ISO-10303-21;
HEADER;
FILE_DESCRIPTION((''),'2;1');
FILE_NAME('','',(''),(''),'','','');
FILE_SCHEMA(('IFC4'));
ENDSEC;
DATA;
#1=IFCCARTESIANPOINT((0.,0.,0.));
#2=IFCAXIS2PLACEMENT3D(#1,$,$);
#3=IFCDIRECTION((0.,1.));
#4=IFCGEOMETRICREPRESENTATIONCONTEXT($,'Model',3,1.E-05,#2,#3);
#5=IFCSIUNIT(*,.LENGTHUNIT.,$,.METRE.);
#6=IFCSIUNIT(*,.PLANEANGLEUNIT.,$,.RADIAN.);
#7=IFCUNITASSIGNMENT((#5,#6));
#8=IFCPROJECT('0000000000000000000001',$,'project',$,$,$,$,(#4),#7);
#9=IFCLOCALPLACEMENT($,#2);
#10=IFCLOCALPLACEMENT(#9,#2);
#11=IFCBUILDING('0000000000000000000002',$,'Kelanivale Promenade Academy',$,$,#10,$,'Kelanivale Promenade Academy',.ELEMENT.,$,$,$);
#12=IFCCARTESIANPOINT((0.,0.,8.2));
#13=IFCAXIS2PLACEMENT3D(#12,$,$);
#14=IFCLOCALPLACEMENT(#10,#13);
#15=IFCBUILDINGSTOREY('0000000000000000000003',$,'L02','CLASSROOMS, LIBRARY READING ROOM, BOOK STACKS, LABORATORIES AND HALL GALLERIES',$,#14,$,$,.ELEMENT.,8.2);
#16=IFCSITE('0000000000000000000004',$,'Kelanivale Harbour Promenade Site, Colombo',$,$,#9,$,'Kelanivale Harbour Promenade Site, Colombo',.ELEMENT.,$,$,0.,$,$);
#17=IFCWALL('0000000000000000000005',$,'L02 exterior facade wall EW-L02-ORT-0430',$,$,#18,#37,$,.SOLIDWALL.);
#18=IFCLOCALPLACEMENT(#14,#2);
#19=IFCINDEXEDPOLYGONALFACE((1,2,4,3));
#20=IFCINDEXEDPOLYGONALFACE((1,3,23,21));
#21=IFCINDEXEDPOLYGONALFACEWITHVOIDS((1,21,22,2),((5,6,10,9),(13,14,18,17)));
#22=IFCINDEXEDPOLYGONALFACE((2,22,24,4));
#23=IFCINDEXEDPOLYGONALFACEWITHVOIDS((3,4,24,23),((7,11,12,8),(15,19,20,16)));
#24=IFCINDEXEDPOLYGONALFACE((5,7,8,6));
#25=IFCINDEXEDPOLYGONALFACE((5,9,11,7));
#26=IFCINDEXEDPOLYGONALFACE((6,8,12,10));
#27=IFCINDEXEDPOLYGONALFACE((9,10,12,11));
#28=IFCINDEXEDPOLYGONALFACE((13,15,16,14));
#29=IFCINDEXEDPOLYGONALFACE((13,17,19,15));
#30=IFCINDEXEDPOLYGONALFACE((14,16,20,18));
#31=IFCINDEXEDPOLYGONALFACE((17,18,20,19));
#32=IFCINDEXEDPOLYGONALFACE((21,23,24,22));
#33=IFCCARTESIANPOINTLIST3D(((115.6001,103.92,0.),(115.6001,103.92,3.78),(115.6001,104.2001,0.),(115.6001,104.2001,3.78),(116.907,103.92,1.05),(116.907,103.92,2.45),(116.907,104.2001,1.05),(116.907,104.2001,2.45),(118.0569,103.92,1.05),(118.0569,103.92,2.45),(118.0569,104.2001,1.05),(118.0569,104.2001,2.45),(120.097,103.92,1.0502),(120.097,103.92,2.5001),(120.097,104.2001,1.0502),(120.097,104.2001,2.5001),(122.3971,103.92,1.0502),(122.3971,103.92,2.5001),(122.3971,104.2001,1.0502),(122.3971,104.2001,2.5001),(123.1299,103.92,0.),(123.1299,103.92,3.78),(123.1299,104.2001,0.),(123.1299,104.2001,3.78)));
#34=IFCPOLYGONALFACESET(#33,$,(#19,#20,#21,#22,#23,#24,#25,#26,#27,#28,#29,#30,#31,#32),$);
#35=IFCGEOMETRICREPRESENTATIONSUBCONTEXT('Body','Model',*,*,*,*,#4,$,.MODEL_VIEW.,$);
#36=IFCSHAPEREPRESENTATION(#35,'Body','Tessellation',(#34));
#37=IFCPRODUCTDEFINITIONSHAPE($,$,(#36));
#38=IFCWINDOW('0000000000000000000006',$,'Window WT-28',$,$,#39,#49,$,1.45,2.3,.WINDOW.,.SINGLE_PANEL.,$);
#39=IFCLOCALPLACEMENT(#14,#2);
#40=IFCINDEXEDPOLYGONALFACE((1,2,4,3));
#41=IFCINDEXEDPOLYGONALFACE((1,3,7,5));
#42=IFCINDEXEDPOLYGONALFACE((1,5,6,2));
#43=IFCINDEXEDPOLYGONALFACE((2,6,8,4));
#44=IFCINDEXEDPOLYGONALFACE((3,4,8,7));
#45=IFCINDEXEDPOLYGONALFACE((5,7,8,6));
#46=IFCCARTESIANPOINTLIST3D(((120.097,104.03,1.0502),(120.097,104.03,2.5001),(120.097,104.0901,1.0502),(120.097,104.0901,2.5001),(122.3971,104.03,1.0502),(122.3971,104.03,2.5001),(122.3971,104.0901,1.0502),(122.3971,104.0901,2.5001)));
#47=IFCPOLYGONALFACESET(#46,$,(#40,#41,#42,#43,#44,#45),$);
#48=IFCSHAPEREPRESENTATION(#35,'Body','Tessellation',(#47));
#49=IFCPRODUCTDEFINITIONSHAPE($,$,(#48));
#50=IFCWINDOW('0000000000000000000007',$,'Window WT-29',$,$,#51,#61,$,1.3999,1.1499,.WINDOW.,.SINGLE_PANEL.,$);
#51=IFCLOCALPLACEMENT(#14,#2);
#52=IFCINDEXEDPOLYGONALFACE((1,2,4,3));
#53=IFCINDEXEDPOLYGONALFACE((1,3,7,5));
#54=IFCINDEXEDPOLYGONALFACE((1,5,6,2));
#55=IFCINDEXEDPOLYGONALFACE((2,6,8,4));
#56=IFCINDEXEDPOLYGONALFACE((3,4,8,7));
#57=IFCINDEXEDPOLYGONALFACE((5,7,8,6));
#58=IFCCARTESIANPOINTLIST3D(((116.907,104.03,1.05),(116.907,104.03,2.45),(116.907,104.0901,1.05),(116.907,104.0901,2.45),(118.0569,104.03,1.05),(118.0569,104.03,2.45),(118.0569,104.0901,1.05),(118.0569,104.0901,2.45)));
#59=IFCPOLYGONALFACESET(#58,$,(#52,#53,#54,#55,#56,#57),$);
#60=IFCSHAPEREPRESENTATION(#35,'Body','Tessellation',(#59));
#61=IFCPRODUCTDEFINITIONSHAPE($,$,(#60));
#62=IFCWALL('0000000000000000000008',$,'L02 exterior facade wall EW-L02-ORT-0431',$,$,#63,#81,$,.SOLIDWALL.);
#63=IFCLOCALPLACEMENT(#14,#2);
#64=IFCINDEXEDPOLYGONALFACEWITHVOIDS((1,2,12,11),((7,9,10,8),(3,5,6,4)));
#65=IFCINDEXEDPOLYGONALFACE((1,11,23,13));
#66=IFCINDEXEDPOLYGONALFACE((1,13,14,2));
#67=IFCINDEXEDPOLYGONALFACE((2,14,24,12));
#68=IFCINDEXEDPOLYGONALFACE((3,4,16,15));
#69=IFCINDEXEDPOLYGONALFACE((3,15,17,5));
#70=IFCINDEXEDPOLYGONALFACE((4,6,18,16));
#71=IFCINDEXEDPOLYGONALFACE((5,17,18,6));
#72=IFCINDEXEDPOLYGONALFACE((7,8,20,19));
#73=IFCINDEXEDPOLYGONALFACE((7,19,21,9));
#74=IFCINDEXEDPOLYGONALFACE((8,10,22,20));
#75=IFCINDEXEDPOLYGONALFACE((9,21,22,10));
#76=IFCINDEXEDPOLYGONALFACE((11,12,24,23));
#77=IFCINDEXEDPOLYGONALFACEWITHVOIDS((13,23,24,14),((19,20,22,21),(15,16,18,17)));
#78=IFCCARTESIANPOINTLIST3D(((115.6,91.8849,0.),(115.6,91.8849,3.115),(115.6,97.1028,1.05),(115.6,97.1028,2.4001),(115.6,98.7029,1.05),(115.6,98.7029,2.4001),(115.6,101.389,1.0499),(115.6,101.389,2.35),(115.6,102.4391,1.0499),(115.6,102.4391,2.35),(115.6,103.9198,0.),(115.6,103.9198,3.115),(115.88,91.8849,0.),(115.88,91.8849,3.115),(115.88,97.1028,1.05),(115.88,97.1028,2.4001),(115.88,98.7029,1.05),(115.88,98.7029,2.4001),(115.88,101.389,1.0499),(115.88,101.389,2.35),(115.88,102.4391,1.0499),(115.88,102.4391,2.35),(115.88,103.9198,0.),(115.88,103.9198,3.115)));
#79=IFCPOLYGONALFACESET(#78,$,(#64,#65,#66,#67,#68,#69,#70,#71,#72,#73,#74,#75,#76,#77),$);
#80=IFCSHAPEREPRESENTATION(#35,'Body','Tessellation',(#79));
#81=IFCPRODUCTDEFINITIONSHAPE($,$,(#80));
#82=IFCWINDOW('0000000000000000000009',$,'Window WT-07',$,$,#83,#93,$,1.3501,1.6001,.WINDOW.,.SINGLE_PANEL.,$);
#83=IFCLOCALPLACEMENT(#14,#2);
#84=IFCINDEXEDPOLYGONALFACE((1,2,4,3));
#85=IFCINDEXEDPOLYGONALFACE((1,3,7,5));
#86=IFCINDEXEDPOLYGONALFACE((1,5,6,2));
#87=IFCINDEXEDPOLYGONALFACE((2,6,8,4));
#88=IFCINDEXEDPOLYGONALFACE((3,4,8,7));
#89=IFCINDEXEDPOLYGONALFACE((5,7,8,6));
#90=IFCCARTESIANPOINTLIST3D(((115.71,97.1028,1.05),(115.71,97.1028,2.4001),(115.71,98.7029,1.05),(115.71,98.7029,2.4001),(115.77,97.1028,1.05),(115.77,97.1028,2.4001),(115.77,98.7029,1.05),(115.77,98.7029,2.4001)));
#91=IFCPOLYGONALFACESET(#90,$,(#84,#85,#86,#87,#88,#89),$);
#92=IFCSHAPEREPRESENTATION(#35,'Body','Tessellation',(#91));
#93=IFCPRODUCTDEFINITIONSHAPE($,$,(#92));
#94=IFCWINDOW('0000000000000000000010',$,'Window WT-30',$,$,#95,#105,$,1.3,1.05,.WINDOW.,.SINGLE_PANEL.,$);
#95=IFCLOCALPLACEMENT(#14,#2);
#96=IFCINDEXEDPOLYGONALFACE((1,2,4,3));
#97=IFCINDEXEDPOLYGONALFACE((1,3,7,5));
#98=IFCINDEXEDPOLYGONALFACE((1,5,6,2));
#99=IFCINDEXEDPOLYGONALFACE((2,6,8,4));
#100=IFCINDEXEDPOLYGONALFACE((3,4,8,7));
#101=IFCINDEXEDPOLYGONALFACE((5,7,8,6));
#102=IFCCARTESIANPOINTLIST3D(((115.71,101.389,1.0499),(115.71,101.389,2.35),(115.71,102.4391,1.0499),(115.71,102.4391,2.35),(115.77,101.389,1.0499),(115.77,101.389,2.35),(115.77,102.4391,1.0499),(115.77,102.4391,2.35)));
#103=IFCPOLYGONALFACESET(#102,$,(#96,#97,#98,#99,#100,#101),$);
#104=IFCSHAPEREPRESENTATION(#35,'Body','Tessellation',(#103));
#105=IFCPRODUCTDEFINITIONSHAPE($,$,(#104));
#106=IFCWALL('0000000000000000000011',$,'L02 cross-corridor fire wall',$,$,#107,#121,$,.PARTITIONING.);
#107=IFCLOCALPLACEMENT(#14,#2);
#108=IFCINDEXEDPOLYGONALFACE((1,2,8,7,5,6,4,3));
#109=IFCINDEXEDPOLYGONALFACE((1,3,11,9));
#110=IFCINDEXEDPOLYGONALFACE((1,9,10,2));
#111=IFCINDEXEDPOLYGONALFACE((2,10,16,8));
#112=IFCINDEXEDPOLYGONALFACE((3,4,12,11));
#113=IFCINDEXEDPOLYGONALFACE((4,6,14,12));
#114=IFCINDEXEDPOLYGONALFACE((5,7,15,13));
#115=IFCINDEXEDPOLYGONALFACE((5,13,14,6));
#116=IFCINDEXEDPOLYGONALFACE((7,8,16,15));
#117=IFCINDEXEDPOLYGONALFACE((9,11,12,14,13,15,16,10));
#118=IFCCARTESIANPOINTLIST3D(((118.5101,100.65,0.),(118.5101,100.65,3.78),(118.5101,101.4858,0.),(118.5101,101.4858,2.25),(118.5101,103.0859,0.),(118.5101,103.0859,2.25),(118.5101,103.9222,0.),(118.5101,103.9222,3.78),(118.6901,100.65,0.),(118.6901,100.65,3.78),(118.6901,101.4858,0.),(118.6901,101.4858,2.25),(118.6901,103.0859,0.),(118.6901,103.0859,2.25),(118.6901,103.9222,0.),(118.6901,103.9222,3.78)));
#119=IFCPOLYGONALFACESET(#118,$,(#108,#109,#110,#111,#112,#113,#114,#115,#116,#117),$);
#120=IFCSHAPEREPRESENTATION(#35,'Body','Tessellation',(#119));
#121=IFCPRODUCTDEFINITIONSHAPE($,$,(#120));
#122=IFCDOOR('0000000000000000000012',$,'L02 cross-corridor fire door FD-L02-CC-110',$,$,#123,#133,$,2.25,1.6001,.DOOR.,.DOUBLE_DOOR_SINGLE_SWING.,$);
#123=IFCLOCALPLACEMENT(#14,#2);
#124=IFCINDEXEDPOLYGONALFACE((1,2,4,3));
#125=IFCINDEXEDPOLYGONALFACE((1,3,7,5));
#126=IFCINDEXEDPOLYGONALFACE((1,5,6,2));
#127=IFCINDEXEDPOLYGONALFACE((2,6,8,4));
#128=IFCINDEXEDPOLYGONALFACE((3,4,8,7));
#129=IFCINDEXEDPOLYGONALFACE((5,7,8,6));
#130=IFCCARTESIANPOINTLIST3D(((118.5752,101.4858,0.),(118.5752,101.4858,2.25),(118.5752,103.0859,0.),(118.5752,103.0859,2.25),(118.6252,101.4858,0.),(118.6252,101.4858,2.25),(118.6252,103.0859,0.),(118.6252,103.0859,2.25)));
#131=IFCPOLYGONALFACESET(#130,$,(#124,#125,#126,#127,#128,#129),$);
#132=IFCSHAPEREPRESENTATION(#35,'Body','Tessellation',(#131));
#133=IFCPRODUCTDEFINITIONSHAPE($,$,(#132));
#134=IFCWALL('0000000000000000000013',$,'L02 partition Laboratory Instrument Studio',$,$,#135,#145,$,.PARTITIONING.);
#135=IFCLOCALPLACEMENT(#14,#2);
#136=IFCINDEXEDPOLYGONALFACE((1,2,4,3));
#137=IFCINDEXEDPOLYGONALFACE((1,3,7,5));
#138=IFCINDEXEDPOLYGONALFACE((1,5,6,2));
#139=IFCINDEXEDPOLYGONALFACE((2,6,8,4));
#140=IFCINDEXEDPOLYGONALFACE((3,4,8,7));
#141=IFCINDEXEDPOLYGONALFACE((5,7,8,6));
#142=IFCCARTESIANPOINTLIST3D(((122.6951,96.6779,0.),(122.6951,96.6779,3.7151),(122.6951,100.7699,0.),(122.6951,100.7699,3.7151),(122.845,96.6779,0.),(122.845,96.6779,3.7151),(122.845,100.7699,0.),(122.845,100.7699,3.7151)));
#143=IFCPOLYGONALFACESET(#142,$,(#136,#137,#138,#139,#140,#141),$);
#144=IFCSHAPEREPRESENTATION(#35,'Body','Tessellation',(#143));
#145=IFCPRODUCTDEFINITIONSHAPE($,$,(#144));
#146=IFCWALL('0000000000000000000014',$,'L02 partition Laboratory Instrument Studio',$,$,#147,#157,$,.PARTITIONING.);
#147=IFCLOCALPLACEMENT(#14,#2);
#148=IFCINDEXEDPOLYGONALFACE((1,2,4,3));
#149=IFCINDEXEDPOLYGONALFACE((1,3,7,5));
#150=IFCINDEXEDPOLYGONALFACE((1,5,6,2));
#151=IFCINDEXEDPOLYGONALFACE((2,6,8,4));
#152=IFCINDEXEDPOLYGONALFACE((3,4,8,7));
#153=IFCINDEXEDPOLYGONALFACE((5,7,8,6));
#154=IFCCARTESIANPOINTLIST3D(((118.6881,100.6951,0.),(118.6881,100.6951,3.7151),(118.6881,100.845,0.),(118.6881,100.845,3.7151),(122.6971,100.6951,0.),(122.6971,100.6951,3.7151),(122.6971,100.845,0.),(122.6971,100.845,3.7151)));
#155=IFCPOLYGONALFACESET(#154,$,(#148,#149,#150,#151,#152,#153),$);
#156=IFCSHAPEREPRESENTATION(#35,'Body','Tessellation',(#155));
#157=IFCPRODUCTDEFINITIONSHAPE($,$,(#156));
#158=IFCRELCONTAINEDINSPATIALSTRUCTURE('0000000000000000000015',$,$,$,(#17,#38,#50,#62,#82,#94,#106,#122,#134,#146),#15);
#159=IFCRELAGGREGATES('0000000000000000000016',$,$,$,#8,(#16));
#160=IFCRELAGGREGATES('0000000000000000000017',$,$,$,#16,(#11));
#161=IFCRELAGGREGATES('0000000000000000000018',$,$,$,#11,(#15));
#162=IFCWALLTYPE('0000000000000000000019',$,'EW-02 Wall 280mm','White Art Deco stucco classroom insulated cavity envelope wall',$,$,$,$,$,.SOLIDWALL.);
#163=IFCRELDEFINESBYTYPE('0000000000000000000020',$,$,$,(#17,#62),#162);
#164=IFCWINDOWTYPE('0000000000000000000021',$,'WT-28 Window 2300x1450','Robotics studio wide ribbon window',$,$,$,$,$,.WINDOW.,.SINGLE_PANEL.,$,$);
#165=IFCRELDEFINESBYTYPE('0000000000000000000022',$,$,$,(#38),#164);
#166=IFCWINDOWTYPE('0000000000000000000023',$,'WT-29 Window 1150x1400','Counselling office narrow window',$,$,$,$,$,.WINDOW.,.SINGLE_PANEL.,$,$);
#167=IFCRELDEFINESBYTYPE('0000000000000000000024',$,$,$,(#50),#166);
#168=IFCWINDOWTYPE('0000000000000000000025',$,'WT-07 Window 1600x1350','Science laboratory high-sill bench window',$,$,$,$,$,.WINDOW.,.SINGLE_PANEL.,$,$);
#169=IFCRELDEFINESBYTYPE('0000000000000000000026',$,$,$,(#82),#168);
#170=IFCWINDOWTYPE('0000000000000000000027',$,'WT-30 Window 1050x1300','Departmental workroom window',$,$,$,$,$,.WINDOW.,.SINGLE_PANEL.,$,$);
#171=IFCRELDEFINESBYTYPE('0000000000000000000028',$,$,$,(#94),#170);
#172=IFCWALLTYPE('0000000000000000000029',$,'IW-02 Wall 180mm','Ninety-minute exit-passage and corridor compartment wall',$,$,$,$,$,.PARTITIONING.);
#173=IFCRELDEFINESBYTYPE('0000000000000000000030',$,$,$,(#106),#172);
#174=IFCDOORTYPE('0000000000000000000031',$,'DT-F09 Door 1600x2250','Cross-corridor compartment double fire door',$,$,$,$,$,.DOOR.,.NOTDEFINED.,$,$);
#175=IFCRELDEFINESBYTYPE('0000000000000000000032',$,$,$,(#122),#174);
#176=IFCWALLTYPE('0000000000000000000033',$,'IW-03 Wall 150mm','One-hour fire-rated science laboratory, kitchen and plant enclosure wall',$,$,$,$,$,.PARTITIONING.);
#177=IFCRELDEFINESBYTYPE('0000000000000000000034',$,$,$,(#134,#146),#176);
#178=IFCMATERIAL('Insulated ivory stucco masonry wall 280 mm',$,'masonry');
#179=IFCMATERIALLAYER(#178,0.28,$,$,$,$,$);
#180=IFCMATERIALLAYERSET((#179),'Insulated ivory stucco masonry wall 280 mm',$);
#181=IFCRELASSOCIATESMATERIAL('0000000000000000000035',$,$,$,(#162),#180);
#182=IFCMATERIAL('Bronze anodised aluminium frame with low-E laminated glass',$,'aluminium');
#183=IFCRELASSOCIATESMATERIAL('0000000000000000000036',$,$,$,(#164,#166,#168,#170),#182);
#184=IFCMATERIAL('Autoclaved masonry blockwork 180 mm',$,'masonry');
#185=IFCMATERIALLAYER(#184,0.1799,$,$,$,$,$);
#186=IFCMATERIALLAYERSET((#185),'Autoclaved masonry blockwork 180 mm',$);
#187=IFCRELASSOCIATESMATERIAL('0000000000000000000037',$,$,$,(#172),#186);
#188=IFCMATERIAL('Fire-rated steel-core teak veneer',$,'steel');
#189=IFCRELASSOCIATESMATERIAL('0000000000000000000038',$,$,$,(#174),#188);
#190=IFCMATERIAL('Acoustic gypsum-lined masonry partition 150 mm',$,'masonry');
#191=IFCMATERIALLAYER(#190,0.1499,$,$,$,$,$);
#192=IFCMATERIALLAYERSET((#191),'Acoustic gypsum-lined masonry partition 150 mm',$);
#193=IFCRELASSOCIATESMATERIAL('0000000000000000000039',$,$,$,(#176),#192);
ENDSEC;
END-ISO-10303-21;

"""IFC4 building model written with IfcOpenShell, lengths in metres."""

from ifc_helpers import new_model, si_unit, direction, frame, frame_2d, origin, place, context, subcontext, project, spatial, rectangle, extrude, material, layer, layer_set, type_object, element, fill, save


model = new_model("IFC4")

# Units and contexts
model_context = context("Model", 3, precision=1e-05, world=origin(), true_north=direction((0.0, 1.0)))
body_context = subcontext(model_context, "Body", "Model", "MODEL_VIEW")
ifc_project = project(units=[si_unit("LENGTHUNIT", "METRE"), si_unit("PLANEANGLEUNIT", "RADIAN")], contexts=[model_context])

# Site, building, storey
site_placement = place(None, origin())
site = spatial("IfcSite", under=ifc_project, at=site_placement, Name="Kelanivale Harbour Promenade Site, Colombo", LongName="Kelanivale Harbour Promenade Site, Colombo", CompositionType="ELEMENT", RefElevation=0.0)
building_placement = place(site_placement, origin())
building = spatial("IfcBuilding", under=site, at=building_placement, Name="Kelanivale Promenade Academy", LongName="Kelanivale Promenade Academy", CompositionType="ELEMENT")
storey_placement = place(building_placement, frame((0.0, 0.0, 8.2)))
storey = spatial("IfcBuildingStorey", under=building, at=storey_placement, Name="L02", Description="CLASSROOMS, LIBRARY READING ROOM, BOOK STACKS, LABORATORIES AND HALL GALLERIES", CompositionType="ELEMENT", Elevation=8.2)

# Shared definitions
ifc_material_1 = material(Name="Fire-rated steel-core teak veneer", Category="steel")

# Walls, openings, windows
ifc_material_2 = material(Name="Insulated ivory stucco masonry wall 280 mm", Category="masonry")
ifc_layer_1 = layer(ifc_material_2, 0.28)
ifc_layer_set_1 = layer_set([ifc_layer_1], Name="Insulated ivory stucco masonry wall 280 mm")
wall_type_1 = type_object("IfcWallType", Name="EW-02 Wall 280mm", Description="White Art Deco stucco classroom insulated cavity envelope wall", PredefinedType="SOLIDWALL", material=ifc_layer_set_1)
ifc_material_3 = material(Name="Bronze anodised aluminium frame with low-E laminated glass", Category="aluminium")
wall_1_placement = place(storey_placement, frame((123.1299, 104.0601, 0.0), z_axis=(0.0, 0.0, 1.0), x_axis=(-1.0, 0.0, 0.0)))
wall_1 = element("IfcWall", 1, at=wall_1_placement, inside=storey, type_object=wall_type_1, Name="L02 exterior facade wall EW-L02-ORT-0430", PredefinedType="SOLIDWALL", context=body_context, shape_type="SweptSolid", body=[
    extrude(rectangle(XDim=7.5298, YDim=0.28, at=frame_2d((3.7649, 0.0))), origin(), (0.0, 0.0, 1.0), 3.78),
])
opening_1_placement = place(wall_1_placement, frame((0.7329, 0.0, 1.05)))
opening_1 = element("IfcOpeningElement", 2, at=opening_1_placement, cuts=wall_1, PredefinedType="OPENING", context=body_context, shape_type="SweptSolid", body=[
    extrude(rectangle(XDim=2.3, YDim=1.45, at=frame_2d((1.1499, 0.7251))), frame((0.0, 0.1499, 0.0), z_axis=(0.0, -1.0, 0.0), x_axis=(1.0, 0.0, 0.0)), (0.0, 0.0, 1.0), 0.3),
])
opening_2_placement = place(wall_1_placement, frame((5.073, 0.0, 1.05)))
opening_2 = element("IfcOpeningElement", 3, at=opening_2_placement, cuts=wall_1, PredefinedType="OPENING", context=body_context, shape_type="SweptSolid", body=[
    extrude(rectangle(XDim=1.1499, YDim=1.3999, at=frame_2d((0.575, 0.7))), frame((0.0, 0.1499, 0.0), z_axis=(0.0, -1.0, 0.0), x_axis=(1.0, 0.0, 0.0)), (0.0, 0.0, 1.0), 0.3),
])
window_type_1 = type_object("IfcWindowType", Name="WT-28 Window 2300x1450", Description="Robotics studio wide ribbon window", PartitioningType="SINGLE_PANEL", PredefinedType="WINDOW", material=ifc_material_3)
window_1_placement = place(opening_1_placement, origin())
window_1 = element("IfcWindow", 4, at=window_1_placement, inside=storey, type_object=window_type_1, Name="Window WT-28", OverallHeight=1.45, OverallWidth=2.3, PartitioningType="SINGLE_PANEL", PredefinedType="WINDOW", context=body_context, shape_type="SweptSolid", body=[
    extrude(rectangle(XDim=2.3, YDim=1.45, at=frame_2d((1.1499, 0.7251))), frame((0.0, 0.03, 0.0), z_axis=(0.0, -1.0, 0.0), x_axis=(1.0, 0.0, 0.0)), (0.0, 0.0, 1.0), 0.0601),
])
fill(opening_1, window_1)
window_type_2 = type_object("IfcWindowType", Name="WT-29 Window 1150x1400", Description="Counselling office narrow window", PartitioningType="SINGLE_PANEL", PredefinedType="WINDOW", material=ifc_material_3)
window_2_placement = place(opening_2_placement, origin())
window_2 = element("IfcWindow", 5, at=window_2_placement, inside=storey, type_object=window_type_2, Name="Window WT-29", OverallHeight=1.3999, OverallWidth=1.1499, PartitioningType="SINGLE_PANEL", PredefinedType="WINDOW", context=body_context, shape_type="SweptSolid", body=[
    extrude(rectangle(XDim=1.1499, YDim=1.3999, at=frame_2d((0.575, 0.7))), frame((0.0, 0.03, 0.0), z_axis=(0.0, -1.0, 0.0), x_axis=(1.0, 0.0, 0.0)), (0.0, 0.0, 1.0), 0.0601),
])
fill(opening_2, window_2)
wall_2_placement = place(storey_placement, frame((115.74, 103.9199, 0.0), z_axis=(0.0, 0.0, 1.0), x_axis=(0.0, -1.0, 0.0)))
wall_2 = element("IfcWall", 6, at=wall_2_placement, inside=storey, type_object=wall_type_1, Name="L02 exterior facade wall EW-L02-ORT-0431", PredefinedType="SOLIDWALL", context=body_context, shape_type="SweptSolid", body=[
    extrude(rectangle(XDim=12.0349, YDim=0.28, at=frame_2d((6.0176, 0.0))), origin(), (0.0, 0.0, 1.0), 3.115),
])
opening_3_placement = place(wall_2_placement, frame((1.481, 0.0, 1.05)))
opening_3 = element("IfcOpeningElement", 7, at=opening_3_placement, cuts=wall_2, PredefinedType="OPENING", context=body_context, shape_type="SweptSolid", body=[
    extrude(rectangle(XDim=1.05, YDim=1.3, at=frame_2d((0.5249, 0.6499))), frame((0.0, 0.1499, 0.0), z_axis=(0.0, -1.0, 0.0), x_axis=(1.0, 0.0, 0.0)), (0.0, 0.0, 1.0), 0.3),
])
opening_4_placement = place(wall_2_placement, frame((5.217, 0.0, 1.05)))
opening_4 = element("IfcOpeningElement", 8, at=opening_4_placement, cuts=wall_2, PredefinedType="OPENING", context=body_context, shape_type="SweptSolid", body=[
    extrude(rectangle(XDim=1.6001, YDim=1.3501, at=frame_2d((0.8, 0.675))), frame((0.0, 0.1499, 0.0), z_axis=(0.0, -1.0, 0.0), x_axis=(1.0, 0.0, 0.0)), (0.0, 0.0, 1.0), 0.3),
])
window_type_3 = type_object("IfcWindowType", Name="WT-07 Window 1600x1350", Description="Science laboratory high-sill bench window", PartitioningType="SINGLE_PANEL", PredefinedType="WINDOW", material=ifc_material_3)
window_3_placement = place(opening_4_placement, origin())
window_3 = element("IfcWindow", 9, at=window_3_placement, inside=storey, type_object=window_type_3, Name="Window WT-07", OverallHeight=1.3501, OverallWidth=1.6001, PartitioningType="SINGLE_PANEL", PredefinedType="WINDOW", context=body_context, shape_type="SweptSolid", body=[
    extrude(rectangle(XDim=1.6001, YDim=1.3501, at=frame_2d((0.8, 0.675))), frame((0.0, 0.03, 0.0), z_axis=(0.0, -1.0, 0.0), x_axis=(1.0, 0.0, 0.0)), (0.0, 0.0, 1.0), 0.0601),
])
fill(opening_4, window_3)
window_type_4 = type_object("IfcWindowType", Name="WT-30 Window 1050x1300", Description="Departmental workroom window", PartitioningType="SINGLE_PANEL", PredefinedType="WINDOW", material=ifc_material_3)
window_4_placement = place(opening_3_placement, origin())
window_4 = element("IfcWindow", 10, at=window_4_placement, inside=storey, type_object=window_type_4, Name="Window WT-30", OverallHeight=1.3, OverallWidth=1.05, PartitioningType="SINGLE_PANEL", PredefinedType="WINDOW", context=body_context, shape_type="SweptSolid", body=[
    extrude(rectangle(XDim=1.05, YDim=1.3, at=frame_2d((0.5249, 0.6499))), frame((0.0, 0.03, 0.0), z_axis=(0.0, -1.0, 0.0), x_axis=(1.0, 0.0, 0.0)), (0.0, 0.0, 1.0), 0.0601),
])
fill(opening_3, window_4)

# Wall, opening, door
ifc_material_4 = material(Name="Autoclaved masonry blockwork 180 mm", Category="masonry")
ifc_layer_2 = layer(ifc_material_4, 0.1799)
ifc_layer_set_2 = layer_set([ifc_layer_2], Name="Autoclaved masonry blockwork 180 mm")
wall_type_2 = type_object("IfcWallType", Name="IW-02 Wall 180mm", Description="Ninety-minute exit-passage and corridor compartment wall", PredefinedType="PARTITIONING", material=ifc_layer_set_2)
wall_3_placement = place(storey_placement, frame((118.6001, 100.6499, 0.0), z_axis=(0.0, 0.0, 1.0), x_axis=(0.0, 1.0, 0.0)))
wall_3 = element("IfcWall", 11, at=wall_3_placement, inside=storey, type_object=wall_type_2, Name="L02 cross-corridor fire wall", PredefinedType="PARTITIONING", context=body_context, shape_type="SweptSolid", body=[
    extrude(rectangle(XDim=3.2722, YDim=0.1799, at=frame_2d((1.6362, 0.0))), origin(), (0.0, 0.0, 1.0), 3.78),
])
opening_5_placement = place(wall_3_placement, frame((0.8359, 0.0, 0.0)))
opening_5 = element("IfcOpeningElement", 12, at=opening_5_placement, cuts=wall_3, PredefinedType="OPENING", context=body_context, shape_type="SweptSolid", body=[
    extrude(rectangle(XDim=1.6001, YDim=2.25, at=frame_2d((0.8, 1.125))), frame((0.0, 0.1001, 0.0), z_axis=(0.0, -1.0, 0.0), x_axis=(1.0, 0.0, 0.0)), (0.0, 0.0, 1.0), 0.2),
])
door_type_1 = type_object("IfcDoorType", Name="DT-F09 Door 1600x2250", Description="Cross-corridor compartment double fire door", OperationType="NOTDEFINED", PredefinedType="DOOR", material=ifc_material_1)
door_1_placement = place(opening_5_placement, origin())
door_1 = element("IfcDoor", 13, at=door_1_placement, inside=storey, type_object=door_type_1, Name="L02 cross-corridor fire door FD-L02-CC-110", OperationType="DOUBLE_DOOR_SINGLE_SWING", OverallHeight=2.25, OverallWidth=1.6001, PredefinedType="DOOR", context=body_context, shape_type="SweptSolid", body=[
    extrude(rectangle(XDim=1.6001, YDim=2.25, at=frame_2d((0.8, 1.125))), frame((0.0, 0.0249, 0.0), z_axis=(0.0, -1.0, 0.0), x_axis=(1.0, 0.0, 0.0)), (0.0, 0.0, 1.0), 0.05),
])
fill(opening_5, door_1)

# Walls
ifc_material_5 = material(Name="Acoustic gypsum-lined masonry partition 150 mm", Category="masonry")
ifc_layer_3 = layer(ifc_material_5, 0.1499)
ifc_layer_set_3 = layer_set([ifc_layer_3], Name="Acoustic gypsum-lined masonry partition 150 mm")
wall_type_3 = type_object("IfcWallType", Name="IW-03 Wall 150mm", Description="One-hour fire-rated science laboratory, kitchen and plant enclosure wall", PredefinedType="PARTITIONING", material=ifc_layer_set_3)
wall_4_placement = place(storey_placement, frame((122.77, 96.678, 0.0), z_axis=(0.0, 0.0, 1.0), x_axis=(0.0, 1.0, 0.0)))
element("IfcWall", 14, at=wall_4_placement, inside=storey, type_object=wall_type_3, Name="L02 partition Laboratory Instrument Studio", PredefinedType="PARTITIONING", context=body_context, shape_type="SweptSolid", body=[
    extrude(rectangle(XDim=4.092, YDim=0.1499, at=frame_2d((2.0459, 0.0))), origin(), (0.0, 0.0, 1.0), 3.7151),
])
wall_5_placement = place(storey_placement, frame((122.697, 100.77, 0.0), z_axis=(0.0, 0.0, 1.0), x_axis=(-1.0, 0.0, 0.0)))
element("IfcWall", 15, at=wall_5_placement, inside=storey, type_object=wall_type_3, Name="L02 partition Laboratory Instrument Studio", PredefinedType="PARTITIONING", context=body_context, shape_type="SweptSolid", body=[
    extrude(rectangle(XDim=4.009, YDim=0.1499, at=frame_2d((2.0044, 0.0))), origin(), (0.0, 0.0, 1.0), 3.7151),
])

save(model, "model.ifc")
